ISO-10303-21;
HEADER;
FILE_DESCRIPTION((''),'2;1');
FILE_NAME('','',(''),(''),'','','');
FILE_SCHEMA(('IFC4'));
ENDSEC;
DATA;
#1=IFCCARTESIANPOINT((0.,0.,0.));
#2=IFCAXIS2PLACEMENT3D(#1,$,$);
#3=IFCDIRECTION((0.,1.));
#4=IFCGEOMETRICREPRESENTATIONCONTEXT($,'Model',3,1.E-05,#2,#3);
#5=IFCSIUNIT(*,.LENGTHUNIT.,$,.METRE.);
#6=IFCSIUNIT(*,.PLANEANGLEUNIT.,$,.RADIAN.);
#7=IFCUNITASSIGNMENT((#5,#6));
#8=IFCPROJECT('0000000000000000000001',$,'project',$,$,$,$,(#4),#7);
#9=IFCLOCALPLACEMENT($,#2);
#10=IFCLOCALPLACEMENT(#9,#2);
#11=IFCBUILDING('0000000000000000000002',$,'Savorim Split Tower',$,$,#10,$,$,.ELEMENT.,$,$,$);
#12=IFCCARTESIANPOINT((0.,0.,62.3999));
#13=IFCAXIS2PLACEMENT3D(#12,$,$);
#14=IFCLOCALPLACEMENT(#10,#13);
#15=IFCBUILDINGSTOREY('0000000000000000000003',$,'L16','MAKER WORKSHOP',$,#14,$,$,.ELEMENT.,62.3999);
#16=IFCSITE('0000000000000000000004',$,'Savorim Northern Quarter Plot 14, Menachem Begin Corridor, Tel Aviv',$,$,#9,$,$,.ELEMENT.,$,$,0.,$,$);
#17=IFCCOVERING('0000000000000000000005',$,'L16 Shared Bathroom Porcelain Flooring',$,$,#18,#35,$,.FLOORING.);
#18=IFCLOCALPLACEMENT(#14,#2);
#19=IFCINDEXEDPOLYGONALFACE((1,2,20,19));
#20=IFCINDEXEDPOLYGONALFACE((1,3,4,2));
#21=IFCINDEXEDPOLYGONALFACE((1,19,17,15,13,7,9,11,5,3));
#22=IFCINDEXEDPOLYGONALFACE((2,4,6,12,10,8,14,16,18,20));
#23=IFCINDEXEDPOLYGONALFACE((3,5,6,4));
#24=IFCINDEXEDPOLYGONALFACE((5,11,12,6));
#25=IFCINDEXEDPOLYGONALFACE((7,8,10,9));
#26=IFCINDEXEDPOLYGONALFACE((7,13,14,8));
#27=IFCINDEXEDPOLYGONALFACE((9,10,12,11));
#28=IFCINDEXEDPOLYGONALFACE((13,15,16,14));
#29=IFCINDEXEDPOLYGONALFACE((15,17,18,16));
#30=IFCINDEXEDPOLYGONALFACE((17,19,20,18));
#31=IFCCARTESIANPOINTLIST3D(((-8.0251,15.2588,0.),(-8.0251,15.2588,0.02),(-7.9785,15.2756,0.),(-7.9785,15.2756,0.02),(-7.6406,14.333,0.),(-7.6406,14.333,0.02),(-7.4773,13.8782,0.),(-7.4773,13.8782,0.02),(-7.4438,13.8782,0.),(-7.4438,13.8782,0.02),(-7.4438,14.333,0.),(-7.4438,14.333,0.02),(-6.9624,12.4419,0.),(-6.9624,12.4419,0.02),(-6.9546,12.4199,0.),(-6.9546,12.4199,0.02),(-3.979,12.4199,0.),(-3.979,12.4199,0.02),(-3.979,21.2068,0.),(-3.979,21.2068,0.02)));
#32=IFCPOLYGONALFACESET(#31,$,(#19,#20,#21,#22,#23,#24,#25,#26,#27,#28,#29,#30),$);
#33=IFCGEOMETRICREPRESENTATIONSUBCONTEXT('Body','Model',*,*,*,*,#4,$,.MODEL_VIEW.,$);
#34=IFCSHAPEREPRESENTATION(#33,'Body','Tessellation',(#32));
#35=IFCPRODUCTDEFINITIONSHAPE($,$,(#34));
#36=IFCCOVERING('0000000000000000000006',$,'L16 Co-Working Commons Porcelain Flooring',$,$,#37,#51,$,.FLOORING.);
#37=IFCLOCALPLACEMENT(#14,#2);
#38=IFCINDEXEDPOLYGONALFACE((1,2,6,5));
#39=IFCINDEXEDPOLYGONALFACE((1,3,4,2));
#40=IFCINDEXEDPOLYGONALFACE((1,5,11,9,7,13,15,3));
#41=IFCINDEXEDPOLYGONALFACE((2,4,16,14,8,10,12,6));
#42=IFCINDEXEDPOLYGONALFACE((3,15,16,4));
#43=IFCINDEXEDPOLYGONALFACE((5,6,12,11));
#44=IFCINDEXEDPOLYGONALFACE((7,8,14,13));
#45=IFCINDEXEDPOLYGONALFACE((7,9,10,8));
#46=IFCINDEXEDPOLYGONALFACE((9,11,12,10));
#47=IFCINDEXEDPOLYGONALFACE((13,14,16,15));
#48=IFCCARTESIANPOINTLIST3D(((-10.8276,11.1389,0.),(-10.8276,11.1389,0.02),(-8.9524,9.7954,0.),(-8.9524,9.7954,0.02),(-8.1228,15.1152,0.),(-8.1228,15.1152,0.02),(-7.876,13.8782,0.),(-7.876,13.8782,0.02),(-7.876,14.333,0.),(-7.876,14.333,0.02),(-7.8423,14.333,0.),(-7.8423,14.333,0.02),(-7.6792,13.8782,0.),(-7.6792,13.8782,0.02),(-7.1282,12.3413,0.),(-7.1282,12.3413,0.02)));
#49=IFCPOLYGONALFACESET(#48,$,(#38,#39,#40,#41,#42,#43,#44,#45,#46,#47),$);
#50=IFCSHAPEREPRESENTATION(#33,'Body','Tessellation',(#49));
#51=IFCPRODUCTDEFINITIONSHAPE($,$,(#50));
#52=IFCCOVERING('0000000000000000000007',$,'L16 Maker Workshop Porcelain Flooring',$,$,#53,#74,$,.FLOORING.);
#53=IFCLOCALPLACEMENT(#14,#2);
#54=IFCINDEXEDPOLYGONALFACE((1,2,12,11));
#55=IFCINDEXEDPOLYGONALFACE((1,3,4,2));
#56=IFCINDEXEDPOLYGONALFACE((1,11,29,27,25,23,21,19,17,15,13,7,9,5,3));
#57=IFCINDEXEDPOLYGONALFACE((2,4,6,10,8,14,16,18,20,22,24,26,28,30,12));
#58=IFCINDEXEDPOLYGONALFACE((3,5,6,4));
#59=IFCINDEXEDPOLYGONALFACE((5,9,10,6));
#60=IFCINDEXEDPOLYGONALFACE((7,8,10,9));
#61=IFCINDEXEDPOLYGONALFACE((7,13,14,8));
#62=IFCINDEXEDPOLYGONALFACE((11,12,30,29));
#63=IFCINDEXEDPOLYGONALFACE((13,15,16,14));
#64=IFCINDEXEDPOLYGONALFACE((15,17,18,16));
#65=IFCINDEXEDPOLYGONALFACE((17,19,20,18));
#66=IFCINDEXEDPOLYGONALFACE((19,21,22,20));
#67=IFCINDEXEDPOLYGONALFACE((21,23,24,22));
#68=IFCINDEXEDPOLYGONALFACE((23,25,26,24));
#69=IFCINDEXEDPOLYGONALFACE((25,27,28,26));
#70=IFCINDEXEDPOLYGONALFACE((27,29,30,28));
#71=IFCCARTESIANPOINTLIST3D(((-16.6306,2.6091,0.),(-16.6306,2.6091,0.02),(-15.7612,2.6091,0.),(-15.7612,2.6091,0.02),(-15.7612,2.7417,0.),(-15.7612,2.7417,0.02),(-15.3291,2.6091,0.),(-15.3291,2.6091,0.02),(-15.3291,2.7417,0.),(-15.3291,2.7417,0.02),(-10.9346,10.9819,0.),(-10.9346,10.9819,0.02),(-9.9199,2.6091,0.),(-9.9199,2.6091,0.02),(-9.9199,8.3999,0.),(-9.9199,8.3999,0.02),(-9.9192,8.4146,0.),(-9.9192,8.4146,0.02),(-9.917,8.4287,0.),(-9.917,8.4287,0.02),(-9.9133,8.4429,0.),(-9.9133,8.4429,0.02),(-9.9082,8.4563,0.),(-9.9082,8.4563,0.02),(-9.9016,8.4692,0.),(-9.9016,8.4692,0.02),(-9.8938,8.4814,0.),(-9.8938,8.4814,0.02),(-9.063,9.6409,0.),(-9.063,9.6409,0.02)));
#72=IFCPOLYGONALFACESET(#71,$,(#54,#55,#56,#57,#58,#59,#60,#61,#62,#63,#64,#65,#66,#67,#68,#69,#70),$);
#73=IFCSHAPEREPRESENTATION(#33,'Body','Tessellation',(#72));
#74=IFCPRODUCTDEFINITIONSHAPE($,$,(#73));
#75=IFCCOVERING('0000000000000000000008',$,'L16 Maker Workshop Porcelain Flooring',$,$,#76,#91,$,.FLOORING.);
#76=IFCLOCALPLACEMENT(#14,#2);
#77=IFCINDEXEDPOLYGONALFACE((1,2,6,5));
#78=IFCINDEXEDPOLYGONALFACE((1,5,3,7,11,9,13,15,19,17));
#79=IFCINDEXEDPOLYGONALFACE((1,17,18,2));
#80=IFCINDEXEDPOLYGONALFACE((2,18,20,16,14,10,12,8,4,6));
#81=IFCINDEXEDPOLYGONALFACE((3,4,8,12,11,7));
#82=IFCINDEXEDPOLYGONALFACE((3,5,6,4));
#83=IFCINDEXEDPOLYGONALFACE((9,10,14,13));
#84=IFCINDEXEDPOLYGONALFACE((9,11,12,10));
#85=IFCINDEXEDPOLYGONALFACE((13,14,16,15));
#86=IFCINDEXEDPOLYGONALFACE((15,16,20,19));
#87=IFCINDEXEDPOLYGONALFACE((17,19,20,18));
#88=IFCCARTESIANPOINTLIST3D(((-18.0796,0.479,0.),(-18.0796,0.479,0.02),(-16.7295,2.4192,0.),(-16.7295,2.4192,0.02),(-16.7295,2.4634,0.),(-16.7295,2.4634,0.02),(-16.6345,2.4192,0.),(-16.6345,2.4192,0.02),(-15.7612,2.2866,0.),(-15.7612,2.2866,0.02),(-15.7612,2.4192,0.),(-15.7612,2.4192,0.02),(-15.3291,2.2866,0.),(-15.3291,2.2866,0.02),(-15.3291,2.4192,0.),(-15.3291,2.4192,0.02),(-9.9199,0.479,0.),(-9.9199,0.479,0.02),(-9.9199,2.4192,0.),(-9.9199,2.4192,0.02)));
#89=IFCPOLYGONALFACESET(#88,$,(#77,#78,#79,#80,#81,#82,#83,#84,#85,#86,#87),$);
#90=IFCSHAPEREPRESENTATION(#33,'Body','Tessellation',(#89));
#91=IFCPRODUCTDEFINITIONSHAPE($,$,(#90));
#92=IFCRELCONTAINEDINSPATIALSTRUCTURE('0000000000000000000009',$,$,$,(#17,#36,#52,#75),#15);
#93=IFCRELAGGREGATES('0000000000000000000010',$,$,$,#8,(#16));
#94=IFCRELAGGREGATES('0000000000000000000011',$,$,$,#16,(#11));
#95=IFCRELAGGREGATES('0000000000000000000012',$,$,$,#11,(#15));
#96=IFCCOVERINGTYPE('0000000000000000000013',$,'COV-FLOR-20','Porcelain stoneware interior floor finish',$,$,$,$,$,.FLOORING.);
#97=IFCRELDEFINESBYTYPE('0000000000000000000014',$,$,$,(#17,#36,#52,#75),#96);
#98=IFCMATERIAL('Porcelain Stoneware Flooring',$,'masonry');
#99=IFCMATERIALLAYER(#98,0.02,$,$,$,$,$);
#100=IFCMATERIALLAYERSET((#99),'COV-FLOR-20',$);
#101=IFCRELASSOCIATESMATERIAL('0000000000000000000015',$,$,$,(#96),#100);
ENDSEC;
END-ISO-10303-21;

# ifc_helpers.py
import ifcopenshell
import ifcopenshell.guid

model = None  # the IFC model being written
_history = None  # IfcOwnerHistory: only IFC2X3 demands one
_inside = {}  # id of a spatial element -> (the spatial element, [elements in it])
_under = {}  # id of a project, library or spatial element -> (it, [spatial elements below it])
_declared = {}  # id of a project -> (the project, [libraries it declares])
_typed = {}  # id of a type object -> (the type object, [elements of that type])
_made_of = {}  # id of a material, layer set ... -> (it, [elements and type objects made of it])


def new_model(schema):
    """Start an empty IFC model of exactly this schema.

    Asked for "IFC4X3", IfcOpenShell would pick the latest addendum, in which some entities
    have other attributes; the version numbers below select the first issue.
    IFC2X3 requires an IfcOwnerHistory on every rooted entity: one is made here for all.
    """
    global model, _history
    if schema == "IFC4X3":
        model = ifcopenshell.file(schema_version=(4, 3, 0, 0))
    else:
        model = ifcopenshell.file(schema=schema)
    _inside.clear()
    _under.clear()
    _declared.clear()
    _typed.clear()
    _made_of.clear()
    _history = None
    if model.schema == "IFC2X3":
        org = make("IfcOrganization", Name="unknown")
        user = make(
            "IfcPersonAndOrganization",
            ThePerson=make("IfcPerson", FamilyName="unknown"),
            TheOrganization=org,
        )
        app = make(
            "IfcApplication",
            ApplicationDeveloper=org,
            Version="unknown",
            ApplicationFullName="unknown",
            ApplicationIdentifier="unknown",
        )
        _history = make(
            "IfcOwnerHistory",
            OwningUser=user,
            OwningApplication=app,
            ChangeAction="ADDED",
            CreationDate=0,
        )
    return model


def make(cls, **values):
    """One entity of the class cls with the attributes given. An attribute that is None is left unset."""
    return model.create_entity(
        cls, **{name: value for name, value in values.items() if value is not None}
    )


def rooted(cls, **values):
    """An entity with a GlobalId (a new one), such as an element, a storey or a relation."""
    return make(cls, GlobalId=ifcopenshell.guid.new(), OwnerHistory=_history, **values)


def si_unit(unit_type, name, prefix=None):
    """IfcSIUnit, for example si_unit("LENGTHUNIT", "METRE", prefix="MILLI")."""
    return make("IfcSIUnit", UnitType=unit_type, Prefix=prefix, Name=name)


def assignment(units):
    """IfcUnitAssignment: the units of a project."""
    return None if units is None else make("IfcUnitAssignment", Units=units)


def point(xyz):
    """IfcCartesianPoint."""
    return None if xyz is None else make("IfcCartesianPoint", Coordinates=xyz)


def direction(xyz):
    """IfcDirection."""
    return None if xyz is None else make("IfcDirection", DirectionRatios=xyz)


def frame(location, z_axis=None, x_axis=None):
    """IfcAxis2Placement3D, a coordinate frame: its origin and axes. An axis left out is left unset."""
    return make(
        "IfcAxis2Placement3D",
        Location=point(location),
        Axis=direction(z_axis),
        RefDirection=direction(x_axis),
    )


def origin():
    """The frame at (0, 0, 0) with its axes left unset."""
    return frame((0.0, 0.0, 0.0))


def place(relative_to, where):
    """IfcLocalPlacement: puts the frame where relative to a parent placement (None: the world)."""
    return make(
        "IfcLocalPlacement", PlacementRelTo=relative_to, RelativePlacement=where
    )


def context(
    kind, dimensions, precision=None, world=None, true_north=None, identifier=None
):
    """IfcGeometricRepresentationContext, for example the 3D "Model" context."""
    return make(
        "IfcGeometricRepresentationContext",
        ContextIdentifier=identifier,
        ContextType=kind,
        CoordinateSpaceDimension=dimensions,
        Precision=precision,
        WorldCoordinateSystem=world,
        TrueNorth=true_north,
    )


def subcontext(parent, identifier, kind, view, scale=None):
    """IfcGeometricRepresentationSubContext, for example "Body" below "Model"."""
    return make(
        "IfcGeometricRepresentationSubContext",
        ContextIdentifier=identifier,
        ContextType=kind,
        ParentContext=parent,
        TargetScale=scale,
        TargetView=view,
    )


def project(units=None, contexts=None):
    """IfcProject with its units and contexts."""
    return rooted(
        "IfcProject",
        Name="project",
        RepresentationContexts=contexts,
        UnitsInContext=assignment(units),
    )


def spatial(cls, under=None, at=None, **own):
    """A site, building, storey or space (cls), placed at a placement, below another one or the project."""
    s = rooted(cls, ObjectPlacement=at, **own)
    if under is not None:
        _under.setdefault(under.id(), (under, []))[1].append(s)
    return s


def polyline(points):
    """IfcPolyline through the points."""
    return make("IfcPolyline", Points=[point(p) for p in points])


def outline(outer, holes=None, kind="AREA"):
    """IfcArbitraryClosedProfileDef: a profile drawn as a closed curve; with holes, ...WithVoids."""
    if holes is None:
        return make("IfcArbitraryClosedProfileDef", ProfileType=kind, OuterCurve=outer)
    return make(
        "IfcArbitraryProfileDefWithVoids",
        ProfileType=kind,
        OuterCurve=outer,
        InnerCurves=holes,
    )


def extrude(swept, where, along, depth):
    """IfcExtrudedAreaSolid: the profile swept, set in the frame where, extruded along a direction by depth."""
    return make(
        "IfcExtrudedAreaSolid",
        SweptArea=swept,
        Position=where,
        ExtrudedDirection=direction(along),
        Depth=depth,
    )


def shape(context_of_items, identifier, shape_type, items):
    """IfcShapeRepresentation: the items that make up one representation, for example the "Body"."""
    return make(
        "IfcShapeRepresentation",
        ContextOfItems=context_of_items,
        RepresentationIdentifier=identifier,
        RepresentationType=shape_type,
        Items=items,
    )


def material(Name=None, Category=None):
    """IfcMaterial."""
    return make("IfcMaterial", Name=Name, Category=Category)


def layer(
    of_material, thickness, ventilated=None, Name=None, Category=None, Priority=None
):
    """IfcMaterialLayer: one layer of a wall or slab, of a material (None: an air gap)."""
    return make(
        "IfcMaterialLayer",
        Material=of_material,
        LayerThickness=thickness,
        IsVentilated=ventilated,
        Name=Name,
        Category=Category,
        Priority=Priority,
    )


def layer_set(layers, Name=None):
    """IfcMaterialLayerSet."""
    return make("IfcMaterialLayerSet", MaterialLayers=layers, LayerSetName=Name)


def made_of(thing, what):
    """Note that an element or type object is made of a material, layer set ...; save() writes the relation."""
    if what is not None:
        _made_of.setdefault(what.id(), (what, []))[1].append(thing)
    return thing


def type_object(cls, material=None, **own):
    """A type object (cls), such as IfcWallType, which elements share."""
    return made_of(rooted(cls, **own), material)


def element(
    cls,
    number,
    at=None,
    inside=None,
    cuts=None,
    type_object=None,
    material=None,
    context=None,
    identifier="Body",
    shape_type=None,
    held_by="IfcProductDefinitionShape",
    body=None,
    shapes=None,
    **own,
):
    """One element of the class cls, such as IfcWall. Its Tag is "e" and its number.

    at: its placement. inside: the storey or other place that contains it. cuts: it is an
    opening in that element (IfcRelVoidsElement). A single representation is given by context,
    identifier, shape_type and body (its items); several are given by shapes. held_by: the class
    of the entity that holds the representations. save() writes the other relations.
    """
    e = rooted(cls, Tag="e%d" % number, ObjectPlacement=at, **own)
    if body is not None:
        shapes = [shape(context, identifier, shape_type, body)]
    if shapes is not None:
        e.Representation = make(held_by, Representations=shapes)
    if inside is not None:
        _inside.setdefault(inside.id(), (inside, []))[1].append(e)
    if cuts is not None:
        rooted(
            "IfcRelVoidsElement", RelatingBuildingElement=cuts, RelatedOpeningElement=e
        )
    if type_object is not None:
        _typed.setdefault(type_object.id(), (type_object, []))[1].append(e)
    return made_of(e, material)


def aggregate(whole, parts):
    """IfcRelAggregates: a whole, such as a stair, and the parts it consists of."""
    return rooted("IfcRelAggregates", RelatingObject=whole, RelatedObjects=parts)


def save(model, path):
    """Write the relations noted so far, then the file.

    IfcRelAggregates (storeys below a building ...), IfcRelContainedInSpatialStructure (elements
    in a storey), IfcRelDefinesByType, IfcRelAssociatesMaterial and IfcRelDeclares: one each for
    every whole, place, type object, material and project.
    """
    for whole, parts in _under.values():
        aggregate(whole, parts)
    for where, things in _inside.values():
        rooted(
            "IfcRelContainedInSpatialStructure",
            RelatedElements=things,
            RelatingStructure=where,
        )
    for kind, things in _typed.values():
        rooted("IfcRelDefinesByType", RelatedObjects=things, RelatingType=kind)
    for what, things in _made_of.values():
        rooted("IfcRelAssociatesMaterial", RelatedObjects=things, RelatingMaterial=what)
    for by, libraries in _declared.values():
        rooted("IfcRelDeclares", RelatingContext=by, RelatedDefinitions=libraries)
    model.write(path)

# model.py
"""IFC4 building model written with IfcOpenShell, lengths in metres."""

from ifc_helpers import new_model, si_unit, direction, frame, origin, place, context, subcontext, project, spatial, polyline, outline, extrude, material, layer, layer_set, type_object, element, save


model = new_model("IFC4")

# Units and contexts
model_context = context("Model", 3, precision=1e-05, world=origin(), true_north=direction((0.0, 1.0)))
body_context = subcontext(model_context, "Body", "Model", "MODEL_VIEW")
ifc_project = project(units=[si_unit("LENGTHUNIT", "METRE"), si_unit("PLANEANGLEUNIT", "RADIAN")], contexts=[model_context])

# Site, building, storey
site_placement = place(None, origin())
site = spatial("IfcSite", under=ifc_project, at=site_placement, Name="Savorim Northern Quarter Plot 14, Menachem Begin Corridor, Tel Aviv", CompositionType="ELEMENT", RefElevation=0.0)
building_placement = place(site_placement, origin())
building = spatial("IfcBuilding", under=site, at=building_placement, Name="Savorim Split Tower", CompositionType="ELEMENT")
storey_placement = place(building_placement, frame((0.0, 0.0, 62.3999)))
storey = spatial("IfcBuildingStorey", under=building, at=storey_placement, Name="L16", Description="MAKER WORKSHOP", CompositionType="ELEMENT", Elevation=62.3999)

# Coverings
ifc_material_1 = material(Name="Porcelain Stoneware Flooring", Category="masonry")
ifc_layer_1 = layer(ifc_material_1, 0.02)
ifc_layer_set_1 = layer_set([ifc_layer_1], Name="COV-FLOR-20")
covering_type_1 = type_object("IfcCoveringType", Name="COV-FLOR-20", Description="Porcelain stoneware interior floor finish", PredefinedType="FLOORING", material=ifc_layer_set_1)
covering_1_placement = place(storey_placement, origin())
element("IfcCovering", 1, at=covering_1_placement, inside=storey, type_object=covering_type_1, Name="L16 Shared Bathroom Porcelain Flooring", PredefinedType="FLOORING", context=body_context, shape_type="SweptSolid", body=[
    extrude(outline(polyline([(-7.4773, 13.8782), (-6.9624, 12.4419), (-6.9546, 12.4199), (-3.979, 12.4199), (-3.979, 21.2068), (-8.0251, 15.2588), (-7.9785, 15.2756), (-7.6406, 14.333), (-7.4438, 14.333), (-7.4438, 13.8782), (-7.4773, 13.8782)])), origin(), (0.0, 0.0, 1.0), 0.02),
])
covering_2_placement = place(storey_placement, origin())
element("IfcCovering", 2, at=covering_2_placement, inside=storey, type_object=covering_type_1, Name="L16 Co-Working Commons Porcelain Flooring", PredefinedType="FLOORING", context=body_context, shape_type="SweptSolid", body=[
    extrude(outline(polyline([(-10.8276, 11.1389), (-8.9524, 9.7954), (-7.1282, 12.3413), (-7.6792, 13.8782), (-7.876, 13.8782), (-7.876, 14.333), (-7.8423, 14.333), (-8.1228, 15.1152), (-10.8276, 11.1389)])), origin(), (0.0, 0.0, 1.0), 0.02),
])
covering_3_placement = place(storey_placement, origin())
element("IfcCovering", 3, at=covering_3_placement, inside=storey, type_object=covering_type_1, Name="L16 Maker Workshop Porcelain Flooring", PredefinedType="FLOORING", context=body_context, shape_type="SweptSolid", body=[
    extrude(outline(polyline([(-9.9082, 8.4563), (-9.9016, 8.4692), (-9.8938, 8.4814), (-9.063, 9.6409), (-10.9346, 10.9819), (-16.6306, 2.6091), (-15.7612, 2.6091), (-15.7612, 2.7417), (-15.3291, 2.7417), (-15.3291, 2.6091), (-9.9199, 2.6091), (-9.9199, 8.3999), (-9.9192, 8.4146), (-9.917, 8.4287), (-9.9133, 8.4429), (-9.9082, 8.4563)])), origin(), (0.0, 0.0, 1.0), 0.02),
])
covering_4_placement = place(storey_placement, origin())
element("IfcCovering", 4, at=covering_4_placement, inside=storey, type_object=covering_type_1, Name="L16 Maker Workshop Porcelain Flooring", PredefinedType="FLOORING", context=body_context, shape_type="SweptSolid", body=[
    extrude(outline(polyline([(-15.7612, 2.4192), (-16.6345, 2.4192), (-16.7295, 2.4192), (-16.7295, 2.4634), (-18.0796, 0.479), (-9.9199, 0.479), (-9.9199, 2.4192), (-15.3291, 2.4192), (-15.3291, 2.2866), (-15.7612, 2.2866), (-15.7612, 2.4192)])), origin(), (0.0, 0.0, 1.0), 0.02),
])

save(model, "model.ifc")
